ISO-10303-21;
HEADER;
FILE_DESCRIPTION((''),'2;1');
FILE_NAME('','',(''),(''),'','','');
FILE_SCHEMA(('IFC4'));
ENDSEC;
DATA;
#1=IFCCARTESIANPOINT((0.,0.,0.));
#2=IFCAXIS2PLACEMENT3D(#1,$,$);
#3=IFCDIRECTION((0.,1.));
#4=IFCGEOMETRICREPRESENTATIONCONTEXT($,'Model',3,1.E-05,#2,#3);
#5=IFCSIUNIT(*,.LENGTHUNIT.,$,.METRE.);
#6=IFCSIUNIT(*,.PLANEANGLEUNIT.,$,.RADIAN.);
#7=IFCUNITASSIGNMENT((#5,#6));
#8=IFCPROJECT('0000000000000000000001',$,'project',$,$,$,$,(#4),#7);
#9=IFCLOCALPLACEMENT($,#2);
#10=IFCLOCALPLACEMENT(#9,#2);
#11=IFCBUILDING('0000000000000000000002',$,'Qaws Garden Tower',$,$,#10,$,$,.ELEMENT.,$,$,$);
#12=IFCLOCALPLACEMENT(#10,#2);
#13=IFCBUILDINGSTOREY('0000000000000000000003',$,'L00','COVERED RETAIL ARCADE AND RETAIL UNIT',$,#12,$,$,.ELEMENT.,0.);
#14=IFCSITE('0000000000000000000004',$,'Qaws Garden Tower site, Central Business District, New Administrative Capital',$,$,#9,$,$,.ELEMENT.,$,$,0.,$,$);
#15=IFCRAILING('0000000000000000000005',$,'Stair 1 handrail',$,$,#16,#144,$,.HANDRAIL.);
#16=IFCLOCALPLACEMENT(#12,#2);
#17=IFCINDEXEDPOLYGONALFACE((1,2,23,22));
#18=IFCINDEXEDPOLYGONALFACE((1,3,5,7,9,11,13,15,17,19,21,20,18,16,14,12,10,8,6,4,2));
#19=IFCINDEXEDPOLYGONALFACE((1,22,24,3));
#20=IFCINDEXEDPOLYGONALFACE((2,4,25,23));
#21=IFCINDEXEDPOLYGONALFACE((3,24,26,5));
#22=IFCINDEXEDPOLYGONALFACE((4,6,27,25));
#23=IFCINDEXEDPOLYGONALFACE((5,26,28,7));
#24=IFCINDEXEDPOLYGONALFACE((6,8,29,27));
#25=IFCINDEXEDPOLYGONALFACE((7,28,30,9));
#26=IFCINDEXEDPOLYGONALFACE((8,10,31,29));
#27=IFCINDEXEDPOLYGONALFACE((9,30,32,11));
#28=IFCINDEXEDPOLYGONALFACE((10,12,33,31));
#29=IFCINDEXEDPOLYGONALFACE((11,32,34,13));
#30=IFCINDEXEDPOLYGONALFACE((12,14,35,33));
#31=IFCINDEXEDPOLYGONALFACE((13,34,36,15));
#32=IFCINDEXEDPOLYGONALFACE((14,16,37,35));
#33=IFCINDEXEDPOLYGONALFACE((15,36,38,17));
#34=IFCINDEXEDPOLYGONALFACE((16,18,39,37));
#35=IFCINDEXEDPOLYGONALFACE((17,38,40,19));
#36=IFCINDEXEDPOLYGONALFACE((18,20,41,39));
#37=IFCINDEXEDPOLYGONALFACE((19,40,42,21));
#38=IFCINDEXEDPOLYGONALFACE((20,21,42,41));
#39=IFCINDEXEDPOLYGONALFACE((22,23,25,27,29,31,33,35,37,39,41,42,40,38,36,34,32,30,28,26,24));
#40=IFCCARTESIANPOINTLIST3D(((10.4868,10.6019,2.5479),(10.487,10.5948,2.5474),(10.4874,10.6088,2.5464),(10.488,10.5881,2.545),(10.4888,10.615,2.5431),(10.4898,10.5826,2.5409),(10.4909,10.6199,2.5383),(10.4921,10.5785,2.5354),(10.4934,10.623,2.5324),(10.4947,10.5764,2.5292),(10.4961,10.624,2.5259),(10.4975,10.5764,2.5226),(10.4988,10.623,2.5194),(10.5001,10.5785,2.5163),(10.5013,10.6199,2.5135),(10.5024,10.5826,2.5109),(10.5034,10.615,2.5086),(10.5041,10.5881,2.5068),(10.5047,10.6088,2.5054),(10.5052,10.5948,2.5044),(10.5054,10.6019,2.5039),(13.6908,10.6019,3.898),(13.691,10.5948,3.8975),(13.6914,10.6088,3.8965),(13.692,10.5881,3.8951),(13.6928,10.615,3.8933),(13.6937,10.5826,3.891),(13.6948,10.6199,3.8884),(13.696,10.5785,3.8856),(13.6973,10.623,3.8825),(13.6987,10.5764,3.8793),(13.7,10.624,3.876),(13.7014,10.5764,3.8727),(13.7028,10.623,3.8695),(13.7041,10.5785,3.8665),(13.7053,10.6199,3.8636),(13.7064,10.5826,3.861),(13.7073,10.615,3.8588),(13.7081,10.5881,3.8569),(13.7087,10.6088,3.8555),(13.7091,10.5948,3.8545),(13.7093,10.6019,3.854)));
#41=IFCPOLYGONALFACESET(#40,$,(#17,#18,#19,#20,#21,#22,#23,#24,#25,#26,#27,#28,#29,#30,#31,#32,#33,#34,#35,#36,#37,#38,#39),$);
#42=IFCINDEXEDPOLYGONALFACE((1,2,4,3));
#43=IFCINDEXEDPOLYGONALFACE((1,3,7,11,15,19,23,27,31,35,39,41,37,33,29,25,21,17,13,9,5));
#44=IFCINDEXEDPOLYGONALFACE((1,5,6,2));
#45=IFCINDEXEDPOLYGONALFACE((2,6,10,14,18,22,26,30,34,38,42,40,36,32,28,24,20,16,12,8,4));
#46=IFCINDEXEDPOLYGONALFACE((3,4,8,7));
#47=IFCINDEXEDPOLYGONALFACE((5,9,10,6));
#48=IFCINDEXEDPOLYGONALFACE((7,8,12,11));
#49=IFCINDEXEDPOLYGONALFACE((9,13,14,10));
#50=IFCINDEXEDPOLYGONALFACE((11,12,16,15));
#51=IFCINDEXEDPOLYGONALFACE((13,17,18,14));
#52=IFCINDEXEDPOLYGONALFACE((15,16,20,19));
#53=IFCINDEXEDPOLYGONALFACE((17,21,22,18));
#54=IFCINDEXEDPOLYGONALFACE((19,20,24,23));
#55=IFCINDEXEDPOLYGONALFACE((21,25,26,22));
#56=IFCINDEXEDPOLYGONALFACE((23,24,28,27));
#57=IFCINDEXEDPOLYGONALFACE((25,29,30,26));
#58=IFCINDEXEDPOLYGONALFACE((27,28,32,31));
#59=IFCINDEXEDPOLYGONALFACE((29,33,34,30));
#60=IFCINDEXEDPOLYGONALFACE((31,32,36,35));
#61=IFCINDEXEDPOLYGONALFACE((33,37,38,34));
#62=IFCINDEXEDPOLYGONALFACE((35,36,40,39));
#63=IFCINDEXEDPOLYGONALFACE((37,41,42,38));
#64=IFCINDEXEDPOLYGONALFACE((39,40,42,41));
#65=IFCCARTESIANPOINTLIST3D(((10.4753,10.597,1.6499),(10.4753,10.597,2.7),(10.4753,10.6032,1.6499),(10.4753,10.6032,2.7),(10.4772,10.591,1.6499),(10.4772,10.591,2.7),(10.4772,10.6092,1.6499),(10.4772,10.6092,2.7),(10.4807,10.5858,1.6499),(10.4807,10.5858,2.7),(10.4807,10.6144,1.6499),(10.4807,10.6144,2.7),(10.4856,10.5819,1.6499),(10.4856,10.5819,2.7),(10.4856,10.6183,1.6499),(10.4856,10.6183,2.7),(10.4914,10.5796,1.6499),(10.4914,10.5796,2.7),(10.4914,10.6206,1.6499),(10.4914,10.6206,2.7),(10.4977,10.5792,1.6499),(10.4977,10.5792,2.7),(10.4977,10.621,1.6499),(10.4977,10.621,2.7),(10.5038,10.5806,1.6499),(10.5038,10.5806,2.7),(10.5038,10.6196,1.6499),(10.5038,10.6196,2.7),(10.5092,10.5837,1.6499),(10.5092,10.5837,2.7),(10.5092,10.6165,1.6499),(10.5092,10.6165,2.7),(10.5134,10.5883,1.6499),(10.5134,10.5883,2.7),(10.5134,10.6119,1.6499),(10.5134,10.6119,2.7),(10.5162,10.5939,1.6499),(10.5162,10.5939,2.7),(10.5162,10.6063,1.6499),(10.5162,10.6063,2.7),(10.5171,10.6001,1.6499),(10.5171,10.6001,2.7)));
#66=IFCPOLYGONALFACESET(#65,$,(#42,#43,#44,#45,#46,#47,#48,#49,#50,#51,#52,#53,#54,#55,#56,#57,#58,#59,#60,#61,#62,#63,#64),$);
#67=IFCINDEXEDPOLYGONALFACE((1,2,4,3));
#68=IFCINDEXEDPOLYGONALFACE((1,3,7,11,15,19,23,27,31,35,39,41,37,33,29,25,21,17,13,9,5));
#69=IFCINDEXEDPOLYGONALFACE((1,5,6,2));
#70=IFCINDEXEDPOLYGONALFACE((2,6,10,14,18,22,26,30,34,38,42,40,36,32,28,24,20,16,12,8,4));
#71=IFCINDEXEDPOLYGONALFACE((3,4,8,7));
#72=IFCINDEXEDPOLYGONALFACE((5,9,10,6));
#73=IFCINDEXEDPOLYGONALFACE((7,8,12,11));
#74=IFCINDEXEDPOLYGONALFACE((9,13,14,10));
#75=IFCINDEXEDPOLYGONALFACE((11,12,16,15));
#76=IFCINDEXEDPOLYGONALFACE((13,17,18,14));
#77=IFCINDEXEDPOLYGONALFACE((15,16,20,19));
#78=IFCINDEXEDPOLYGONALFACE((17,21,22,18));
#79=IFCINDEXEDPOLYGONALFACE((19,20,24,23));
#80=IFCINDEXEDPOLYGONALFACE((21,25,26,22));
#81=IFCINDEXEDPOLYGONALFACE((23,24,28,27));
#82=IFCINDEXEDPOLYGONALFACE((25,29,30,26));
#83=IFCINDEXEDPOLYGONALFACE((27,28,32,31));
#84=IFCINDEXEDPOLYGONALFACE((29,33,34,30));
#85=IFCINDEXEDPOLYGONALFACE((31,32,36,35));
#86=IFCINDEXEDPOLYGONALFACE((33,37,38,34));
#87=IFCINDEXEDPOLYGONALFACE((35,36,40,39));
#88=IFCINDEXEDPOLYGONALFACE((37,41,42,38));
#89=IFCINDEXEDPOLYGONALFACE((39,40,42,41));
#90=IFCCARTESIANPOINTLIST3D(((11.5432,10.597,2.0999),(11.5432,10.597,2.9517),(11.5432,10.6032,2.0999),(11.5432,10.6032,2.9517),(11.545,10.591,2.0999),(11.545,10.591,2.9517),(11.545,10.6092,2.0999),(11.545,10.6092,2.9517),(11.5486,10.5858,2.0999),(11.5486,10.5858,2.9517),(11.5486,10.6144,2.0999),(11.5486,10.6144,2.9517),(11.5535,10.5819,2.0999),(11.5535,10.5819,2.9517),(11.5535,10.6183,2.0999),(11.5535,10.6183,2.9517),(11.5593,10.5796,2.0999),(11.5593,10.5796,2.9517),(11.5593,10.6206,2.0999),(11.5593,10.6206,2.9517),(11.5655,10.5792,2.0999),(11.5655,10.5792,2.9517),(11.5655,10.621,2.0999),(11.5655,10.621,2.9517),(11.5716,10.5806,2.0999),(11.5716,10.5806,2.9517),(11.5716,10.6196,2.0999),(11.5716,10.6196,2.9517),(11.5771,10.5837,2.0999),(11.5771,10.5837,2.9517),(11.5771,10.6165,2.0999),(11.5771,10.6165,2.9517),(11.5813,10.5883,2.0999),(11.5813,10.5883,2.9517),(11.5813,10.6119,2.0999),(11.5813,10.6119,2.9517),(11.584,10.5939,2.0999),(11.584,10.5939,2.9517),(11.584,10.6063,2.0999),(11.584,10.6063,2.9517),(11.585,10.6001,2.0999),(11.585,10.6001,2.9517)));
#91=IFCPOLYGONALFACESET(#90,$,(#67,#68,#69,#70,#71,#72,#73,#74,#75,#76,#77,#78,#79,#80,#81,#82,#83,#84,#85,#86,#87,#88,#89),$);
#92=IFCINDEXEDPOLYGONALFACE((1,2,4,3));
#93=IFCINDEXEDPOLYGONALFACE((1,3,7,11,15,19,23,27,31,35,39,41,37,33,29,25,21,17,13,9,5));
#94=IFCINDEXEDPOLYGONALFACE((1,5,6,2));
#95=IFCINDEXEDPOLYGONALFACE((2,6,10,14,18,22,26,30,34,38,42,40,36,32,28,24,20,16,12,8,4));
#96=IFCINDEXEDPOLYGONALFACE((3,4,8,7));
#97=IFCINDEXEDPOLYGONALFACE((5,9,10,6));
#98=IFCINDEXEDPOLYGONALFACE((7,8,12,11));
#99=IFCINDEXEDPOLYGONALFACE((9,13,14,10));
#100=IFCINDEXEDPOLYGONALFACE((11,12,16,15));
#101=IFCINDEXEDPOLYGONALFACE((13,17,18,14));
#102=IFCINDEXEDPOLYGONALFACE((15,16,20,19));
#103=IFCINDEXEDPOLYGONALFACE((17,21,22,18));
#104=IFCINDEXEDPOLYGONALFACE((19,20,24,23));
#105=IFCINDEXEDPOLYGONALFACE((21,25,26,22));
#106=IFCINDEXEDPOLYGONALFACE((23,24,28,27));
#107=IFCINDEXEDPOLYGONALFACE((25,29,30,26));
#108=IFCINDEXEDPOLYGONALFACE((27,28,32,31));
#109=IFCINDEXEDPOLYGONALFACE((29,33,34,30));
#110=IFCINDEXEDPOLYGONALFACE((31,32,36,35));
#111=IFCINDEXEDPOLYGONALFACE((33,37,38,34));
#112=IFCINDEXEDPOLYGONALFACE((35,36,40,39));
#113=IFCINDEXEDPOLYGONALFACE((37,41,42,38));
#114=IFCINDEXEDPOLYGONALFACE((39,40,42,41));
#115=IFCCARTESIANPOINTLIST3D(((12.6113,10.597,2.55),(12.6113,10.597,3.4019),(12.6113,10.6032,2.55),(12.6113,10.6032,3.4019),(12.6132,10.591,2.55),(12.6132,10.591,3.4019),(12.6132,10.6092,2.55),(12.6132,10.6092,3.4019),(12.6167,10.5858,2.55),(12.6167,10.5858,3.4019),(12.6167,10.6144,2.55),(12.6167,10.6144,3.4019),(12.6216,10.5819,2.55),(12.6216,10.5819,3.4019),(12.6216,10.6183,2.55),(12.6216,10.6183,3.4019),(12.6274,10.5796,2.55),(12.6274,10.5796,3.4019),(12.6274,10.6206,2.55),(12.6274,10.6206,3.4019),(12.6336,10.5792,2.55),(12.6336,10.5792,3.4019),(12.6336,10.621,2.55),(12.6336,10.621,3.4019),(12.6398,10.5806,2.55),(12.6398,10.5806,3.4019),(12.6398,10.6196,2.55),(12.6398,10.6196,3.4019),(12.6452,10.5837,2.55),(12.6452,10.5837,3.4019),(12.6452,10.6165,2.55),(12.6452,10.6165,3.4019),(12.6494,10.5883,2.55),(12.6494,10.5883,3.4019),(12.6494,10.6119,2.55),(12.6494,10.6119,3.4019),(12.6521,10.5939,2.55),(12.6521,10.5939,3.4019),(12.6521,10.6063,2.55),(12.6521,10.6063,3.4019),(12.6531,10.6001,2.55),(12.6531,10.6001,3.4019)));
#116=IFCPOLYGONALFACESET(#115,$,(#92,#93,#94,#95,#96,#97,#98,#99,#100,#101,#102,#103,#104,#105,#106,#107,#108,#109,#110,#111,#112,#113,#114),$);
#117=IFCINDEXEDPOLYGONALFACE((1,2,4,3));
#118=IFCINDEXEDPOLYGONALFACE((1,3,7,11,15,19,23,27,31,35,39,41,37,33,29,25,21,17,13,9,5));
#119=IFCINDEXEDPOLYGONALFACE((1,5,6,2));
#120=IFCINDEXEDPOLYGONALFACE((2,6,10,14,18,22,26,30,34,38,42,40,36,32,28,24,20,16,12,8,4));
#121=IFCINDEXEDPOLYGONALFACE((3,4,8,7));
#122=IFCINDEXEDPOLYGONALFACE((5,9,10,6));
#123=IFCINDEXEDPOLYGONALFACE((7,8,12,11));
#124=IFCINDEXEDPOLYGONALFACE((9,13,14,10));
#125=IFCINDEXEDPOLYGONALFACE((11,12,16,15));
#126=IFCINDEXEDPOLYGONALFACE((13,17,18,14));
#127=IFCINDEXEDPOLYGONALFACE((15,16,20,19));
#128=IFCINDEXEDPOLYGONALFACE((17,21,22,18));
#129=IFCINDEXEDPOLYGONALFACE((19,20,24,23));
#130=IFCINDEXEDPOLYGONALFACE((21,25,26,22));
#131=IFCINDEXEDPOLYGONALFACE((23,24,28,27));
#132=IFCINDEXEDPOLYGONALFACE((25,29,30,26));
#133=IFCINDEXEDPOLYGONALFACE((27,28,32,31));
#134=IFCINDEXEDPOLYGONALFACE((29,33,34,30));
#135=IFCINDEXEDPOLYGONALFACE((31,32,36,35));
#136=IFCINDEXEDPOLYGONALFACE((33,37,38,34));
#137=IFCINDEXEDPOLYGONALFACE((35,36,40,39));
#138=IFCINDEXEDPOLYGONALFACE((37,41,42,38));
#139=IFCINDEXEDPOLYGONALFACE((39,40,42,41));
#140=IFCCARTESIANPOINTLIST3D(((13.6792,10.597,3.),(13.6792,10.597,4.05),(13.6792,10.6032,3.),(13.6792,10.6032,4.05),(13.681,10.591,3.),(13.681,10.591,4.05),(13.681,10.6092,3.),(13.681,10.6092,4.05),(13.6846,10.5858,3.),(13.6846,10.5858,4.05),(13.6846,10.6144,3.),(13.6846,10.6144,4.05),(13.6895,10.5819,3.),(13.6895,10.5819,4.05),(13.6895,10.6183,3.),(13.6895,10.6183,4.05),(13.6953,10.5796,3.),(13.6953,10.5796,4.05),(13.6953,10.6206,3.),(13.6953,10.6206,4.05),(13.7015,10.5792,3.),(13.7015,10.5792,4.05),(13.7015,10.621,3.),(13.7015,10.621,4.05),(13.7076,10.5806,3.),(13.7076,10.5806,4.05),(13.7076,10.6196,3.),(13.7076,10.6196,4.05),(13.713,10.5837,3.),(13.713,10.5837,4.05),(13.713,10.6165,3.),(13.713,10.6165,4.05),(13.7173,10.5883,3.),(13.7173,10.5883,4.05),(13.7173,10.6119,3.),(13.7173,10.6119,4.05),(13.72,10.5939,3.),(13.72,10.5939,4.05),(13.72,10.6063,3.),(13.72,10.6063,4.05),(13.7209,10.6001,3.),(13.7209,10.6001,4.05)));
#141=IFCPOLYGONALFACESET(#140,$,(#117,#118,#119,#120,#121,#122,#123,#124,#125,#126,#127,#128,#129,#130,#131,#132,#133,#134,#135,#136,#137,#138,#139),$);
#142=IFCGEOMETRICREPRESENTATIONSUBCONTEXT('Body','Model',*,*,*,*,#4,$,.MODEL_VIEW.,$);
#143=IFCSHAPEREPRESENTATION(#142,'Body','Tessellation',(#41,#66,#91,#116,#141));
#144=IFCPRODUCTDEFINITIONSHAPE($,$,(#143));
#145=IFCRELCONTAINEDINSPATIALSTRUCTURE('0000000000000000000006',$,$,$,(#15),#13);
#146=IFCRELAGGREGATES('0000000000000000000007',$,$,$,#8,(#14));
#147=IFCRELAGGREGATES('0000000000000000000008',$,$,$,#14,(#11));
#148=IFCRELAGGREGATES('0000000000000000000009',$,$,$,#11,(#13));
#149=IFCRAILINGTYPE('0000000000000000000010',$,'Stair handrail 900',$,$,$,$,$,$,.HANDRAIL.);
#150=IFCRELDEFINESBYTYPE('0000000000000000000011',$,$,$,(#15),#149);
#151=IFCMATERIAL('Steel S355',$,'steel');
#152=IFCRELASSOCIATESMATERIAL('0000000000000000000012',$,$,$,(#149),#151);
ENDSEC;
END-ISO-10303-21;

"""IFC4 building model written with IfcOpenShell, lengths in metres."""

from ifc_helpers import new_model, si_unit, direction, frame, origin, origin_2d, place, context, subcontext, project, spatial, circle, extrude, material, type_object, element, save


model = new_model("IFC4")

# Units and contexts
model_context = context("Model", 3, precision=1e-05, world=origin(), true_north=direction((0.0, 1.0)))
body_context = subcontext(model_context, "Body", "Model", "MODEL_VIEW")
ifc_project = project(units=[si_unit("LENGTHUNIT", "METRE"), si_unit("PLANEANGLEUNIT", "RADIAN")], contexts=[model_context])

# Site, building, storey
site_placement = place(None, origin())
site = spatial("IfcSite", under=ifc_project, at=site_placement, Name="Qaws Garden Tower site, Central Business District, New Administrative Capital", CompositionType="ELEMENT", RefElevation=0.0)
building_placement = place(site_placement, origin())
building = spatial("IfcBuilding", under=site, at=building_placement, Name="Qaws Garden Tower", CompositionType="ELEMENT")
storey_placement = place(building_placement, origin())
storey = spatial("IfcBuildingStorey", under=building, at=storey_placement, Name="L00", Description="COVERED RETAIL ARCADE AND RETAIL UNIT", CompositionType="ELEMENT", Elevation=0.0)

# Railing
ifc_material_1 = material(Name="Steel S355", Category="steel")
railing_type = type_object("IfcRailingType", Name="Stair handrail 900", PredefinedType="HANDRAIL", material=ifc_material_1)
for number, where, name in (
    (1, (10.4961, 10.6001, 1.6499), "Stair 1 handrail"),
):
    element("IfcRailing", number, at=place(storey_placement, frame(where)), inside=storey, type_object=railing_type, Name=name, PredefinedType="HANDRAIL", context=body_context, shape_type="SweptSolid", body=[
        extrude(circle(Radius=0.0239, at=origin_2d()), frame((0.0, 0.0, 0.876), z_axis=(0.921522, 0.0, 0.388327), x_axis=(0.0, 1.0, 0.0)), (0.0, 0.0, 1.0), 3.4768),
        extrude(circle(Radius=0.021, at=origin_2d()), origin(), (0.0, 0.0, 1.0), 1.05),
        extrude(circle(Radius=0.021, at=origin_2d()), frame((1.0679, 0.0, 0.45)), (0.0, 0.0, 1.0), 0.8518),
        extrude(circle(Radius=0.021, at=origin_2d()), frame((2.136, 0.0, 0.9001)), (0.0, 0.0, 1.0), 0.8518),
        extrude(circle(Radius=0.021, at=origin_2d()), frame((3.2039, 0.0, 1.3501)), (0.0, 0.0, 1.0), 1.05),
    ])

save(model, "model.ifc")
